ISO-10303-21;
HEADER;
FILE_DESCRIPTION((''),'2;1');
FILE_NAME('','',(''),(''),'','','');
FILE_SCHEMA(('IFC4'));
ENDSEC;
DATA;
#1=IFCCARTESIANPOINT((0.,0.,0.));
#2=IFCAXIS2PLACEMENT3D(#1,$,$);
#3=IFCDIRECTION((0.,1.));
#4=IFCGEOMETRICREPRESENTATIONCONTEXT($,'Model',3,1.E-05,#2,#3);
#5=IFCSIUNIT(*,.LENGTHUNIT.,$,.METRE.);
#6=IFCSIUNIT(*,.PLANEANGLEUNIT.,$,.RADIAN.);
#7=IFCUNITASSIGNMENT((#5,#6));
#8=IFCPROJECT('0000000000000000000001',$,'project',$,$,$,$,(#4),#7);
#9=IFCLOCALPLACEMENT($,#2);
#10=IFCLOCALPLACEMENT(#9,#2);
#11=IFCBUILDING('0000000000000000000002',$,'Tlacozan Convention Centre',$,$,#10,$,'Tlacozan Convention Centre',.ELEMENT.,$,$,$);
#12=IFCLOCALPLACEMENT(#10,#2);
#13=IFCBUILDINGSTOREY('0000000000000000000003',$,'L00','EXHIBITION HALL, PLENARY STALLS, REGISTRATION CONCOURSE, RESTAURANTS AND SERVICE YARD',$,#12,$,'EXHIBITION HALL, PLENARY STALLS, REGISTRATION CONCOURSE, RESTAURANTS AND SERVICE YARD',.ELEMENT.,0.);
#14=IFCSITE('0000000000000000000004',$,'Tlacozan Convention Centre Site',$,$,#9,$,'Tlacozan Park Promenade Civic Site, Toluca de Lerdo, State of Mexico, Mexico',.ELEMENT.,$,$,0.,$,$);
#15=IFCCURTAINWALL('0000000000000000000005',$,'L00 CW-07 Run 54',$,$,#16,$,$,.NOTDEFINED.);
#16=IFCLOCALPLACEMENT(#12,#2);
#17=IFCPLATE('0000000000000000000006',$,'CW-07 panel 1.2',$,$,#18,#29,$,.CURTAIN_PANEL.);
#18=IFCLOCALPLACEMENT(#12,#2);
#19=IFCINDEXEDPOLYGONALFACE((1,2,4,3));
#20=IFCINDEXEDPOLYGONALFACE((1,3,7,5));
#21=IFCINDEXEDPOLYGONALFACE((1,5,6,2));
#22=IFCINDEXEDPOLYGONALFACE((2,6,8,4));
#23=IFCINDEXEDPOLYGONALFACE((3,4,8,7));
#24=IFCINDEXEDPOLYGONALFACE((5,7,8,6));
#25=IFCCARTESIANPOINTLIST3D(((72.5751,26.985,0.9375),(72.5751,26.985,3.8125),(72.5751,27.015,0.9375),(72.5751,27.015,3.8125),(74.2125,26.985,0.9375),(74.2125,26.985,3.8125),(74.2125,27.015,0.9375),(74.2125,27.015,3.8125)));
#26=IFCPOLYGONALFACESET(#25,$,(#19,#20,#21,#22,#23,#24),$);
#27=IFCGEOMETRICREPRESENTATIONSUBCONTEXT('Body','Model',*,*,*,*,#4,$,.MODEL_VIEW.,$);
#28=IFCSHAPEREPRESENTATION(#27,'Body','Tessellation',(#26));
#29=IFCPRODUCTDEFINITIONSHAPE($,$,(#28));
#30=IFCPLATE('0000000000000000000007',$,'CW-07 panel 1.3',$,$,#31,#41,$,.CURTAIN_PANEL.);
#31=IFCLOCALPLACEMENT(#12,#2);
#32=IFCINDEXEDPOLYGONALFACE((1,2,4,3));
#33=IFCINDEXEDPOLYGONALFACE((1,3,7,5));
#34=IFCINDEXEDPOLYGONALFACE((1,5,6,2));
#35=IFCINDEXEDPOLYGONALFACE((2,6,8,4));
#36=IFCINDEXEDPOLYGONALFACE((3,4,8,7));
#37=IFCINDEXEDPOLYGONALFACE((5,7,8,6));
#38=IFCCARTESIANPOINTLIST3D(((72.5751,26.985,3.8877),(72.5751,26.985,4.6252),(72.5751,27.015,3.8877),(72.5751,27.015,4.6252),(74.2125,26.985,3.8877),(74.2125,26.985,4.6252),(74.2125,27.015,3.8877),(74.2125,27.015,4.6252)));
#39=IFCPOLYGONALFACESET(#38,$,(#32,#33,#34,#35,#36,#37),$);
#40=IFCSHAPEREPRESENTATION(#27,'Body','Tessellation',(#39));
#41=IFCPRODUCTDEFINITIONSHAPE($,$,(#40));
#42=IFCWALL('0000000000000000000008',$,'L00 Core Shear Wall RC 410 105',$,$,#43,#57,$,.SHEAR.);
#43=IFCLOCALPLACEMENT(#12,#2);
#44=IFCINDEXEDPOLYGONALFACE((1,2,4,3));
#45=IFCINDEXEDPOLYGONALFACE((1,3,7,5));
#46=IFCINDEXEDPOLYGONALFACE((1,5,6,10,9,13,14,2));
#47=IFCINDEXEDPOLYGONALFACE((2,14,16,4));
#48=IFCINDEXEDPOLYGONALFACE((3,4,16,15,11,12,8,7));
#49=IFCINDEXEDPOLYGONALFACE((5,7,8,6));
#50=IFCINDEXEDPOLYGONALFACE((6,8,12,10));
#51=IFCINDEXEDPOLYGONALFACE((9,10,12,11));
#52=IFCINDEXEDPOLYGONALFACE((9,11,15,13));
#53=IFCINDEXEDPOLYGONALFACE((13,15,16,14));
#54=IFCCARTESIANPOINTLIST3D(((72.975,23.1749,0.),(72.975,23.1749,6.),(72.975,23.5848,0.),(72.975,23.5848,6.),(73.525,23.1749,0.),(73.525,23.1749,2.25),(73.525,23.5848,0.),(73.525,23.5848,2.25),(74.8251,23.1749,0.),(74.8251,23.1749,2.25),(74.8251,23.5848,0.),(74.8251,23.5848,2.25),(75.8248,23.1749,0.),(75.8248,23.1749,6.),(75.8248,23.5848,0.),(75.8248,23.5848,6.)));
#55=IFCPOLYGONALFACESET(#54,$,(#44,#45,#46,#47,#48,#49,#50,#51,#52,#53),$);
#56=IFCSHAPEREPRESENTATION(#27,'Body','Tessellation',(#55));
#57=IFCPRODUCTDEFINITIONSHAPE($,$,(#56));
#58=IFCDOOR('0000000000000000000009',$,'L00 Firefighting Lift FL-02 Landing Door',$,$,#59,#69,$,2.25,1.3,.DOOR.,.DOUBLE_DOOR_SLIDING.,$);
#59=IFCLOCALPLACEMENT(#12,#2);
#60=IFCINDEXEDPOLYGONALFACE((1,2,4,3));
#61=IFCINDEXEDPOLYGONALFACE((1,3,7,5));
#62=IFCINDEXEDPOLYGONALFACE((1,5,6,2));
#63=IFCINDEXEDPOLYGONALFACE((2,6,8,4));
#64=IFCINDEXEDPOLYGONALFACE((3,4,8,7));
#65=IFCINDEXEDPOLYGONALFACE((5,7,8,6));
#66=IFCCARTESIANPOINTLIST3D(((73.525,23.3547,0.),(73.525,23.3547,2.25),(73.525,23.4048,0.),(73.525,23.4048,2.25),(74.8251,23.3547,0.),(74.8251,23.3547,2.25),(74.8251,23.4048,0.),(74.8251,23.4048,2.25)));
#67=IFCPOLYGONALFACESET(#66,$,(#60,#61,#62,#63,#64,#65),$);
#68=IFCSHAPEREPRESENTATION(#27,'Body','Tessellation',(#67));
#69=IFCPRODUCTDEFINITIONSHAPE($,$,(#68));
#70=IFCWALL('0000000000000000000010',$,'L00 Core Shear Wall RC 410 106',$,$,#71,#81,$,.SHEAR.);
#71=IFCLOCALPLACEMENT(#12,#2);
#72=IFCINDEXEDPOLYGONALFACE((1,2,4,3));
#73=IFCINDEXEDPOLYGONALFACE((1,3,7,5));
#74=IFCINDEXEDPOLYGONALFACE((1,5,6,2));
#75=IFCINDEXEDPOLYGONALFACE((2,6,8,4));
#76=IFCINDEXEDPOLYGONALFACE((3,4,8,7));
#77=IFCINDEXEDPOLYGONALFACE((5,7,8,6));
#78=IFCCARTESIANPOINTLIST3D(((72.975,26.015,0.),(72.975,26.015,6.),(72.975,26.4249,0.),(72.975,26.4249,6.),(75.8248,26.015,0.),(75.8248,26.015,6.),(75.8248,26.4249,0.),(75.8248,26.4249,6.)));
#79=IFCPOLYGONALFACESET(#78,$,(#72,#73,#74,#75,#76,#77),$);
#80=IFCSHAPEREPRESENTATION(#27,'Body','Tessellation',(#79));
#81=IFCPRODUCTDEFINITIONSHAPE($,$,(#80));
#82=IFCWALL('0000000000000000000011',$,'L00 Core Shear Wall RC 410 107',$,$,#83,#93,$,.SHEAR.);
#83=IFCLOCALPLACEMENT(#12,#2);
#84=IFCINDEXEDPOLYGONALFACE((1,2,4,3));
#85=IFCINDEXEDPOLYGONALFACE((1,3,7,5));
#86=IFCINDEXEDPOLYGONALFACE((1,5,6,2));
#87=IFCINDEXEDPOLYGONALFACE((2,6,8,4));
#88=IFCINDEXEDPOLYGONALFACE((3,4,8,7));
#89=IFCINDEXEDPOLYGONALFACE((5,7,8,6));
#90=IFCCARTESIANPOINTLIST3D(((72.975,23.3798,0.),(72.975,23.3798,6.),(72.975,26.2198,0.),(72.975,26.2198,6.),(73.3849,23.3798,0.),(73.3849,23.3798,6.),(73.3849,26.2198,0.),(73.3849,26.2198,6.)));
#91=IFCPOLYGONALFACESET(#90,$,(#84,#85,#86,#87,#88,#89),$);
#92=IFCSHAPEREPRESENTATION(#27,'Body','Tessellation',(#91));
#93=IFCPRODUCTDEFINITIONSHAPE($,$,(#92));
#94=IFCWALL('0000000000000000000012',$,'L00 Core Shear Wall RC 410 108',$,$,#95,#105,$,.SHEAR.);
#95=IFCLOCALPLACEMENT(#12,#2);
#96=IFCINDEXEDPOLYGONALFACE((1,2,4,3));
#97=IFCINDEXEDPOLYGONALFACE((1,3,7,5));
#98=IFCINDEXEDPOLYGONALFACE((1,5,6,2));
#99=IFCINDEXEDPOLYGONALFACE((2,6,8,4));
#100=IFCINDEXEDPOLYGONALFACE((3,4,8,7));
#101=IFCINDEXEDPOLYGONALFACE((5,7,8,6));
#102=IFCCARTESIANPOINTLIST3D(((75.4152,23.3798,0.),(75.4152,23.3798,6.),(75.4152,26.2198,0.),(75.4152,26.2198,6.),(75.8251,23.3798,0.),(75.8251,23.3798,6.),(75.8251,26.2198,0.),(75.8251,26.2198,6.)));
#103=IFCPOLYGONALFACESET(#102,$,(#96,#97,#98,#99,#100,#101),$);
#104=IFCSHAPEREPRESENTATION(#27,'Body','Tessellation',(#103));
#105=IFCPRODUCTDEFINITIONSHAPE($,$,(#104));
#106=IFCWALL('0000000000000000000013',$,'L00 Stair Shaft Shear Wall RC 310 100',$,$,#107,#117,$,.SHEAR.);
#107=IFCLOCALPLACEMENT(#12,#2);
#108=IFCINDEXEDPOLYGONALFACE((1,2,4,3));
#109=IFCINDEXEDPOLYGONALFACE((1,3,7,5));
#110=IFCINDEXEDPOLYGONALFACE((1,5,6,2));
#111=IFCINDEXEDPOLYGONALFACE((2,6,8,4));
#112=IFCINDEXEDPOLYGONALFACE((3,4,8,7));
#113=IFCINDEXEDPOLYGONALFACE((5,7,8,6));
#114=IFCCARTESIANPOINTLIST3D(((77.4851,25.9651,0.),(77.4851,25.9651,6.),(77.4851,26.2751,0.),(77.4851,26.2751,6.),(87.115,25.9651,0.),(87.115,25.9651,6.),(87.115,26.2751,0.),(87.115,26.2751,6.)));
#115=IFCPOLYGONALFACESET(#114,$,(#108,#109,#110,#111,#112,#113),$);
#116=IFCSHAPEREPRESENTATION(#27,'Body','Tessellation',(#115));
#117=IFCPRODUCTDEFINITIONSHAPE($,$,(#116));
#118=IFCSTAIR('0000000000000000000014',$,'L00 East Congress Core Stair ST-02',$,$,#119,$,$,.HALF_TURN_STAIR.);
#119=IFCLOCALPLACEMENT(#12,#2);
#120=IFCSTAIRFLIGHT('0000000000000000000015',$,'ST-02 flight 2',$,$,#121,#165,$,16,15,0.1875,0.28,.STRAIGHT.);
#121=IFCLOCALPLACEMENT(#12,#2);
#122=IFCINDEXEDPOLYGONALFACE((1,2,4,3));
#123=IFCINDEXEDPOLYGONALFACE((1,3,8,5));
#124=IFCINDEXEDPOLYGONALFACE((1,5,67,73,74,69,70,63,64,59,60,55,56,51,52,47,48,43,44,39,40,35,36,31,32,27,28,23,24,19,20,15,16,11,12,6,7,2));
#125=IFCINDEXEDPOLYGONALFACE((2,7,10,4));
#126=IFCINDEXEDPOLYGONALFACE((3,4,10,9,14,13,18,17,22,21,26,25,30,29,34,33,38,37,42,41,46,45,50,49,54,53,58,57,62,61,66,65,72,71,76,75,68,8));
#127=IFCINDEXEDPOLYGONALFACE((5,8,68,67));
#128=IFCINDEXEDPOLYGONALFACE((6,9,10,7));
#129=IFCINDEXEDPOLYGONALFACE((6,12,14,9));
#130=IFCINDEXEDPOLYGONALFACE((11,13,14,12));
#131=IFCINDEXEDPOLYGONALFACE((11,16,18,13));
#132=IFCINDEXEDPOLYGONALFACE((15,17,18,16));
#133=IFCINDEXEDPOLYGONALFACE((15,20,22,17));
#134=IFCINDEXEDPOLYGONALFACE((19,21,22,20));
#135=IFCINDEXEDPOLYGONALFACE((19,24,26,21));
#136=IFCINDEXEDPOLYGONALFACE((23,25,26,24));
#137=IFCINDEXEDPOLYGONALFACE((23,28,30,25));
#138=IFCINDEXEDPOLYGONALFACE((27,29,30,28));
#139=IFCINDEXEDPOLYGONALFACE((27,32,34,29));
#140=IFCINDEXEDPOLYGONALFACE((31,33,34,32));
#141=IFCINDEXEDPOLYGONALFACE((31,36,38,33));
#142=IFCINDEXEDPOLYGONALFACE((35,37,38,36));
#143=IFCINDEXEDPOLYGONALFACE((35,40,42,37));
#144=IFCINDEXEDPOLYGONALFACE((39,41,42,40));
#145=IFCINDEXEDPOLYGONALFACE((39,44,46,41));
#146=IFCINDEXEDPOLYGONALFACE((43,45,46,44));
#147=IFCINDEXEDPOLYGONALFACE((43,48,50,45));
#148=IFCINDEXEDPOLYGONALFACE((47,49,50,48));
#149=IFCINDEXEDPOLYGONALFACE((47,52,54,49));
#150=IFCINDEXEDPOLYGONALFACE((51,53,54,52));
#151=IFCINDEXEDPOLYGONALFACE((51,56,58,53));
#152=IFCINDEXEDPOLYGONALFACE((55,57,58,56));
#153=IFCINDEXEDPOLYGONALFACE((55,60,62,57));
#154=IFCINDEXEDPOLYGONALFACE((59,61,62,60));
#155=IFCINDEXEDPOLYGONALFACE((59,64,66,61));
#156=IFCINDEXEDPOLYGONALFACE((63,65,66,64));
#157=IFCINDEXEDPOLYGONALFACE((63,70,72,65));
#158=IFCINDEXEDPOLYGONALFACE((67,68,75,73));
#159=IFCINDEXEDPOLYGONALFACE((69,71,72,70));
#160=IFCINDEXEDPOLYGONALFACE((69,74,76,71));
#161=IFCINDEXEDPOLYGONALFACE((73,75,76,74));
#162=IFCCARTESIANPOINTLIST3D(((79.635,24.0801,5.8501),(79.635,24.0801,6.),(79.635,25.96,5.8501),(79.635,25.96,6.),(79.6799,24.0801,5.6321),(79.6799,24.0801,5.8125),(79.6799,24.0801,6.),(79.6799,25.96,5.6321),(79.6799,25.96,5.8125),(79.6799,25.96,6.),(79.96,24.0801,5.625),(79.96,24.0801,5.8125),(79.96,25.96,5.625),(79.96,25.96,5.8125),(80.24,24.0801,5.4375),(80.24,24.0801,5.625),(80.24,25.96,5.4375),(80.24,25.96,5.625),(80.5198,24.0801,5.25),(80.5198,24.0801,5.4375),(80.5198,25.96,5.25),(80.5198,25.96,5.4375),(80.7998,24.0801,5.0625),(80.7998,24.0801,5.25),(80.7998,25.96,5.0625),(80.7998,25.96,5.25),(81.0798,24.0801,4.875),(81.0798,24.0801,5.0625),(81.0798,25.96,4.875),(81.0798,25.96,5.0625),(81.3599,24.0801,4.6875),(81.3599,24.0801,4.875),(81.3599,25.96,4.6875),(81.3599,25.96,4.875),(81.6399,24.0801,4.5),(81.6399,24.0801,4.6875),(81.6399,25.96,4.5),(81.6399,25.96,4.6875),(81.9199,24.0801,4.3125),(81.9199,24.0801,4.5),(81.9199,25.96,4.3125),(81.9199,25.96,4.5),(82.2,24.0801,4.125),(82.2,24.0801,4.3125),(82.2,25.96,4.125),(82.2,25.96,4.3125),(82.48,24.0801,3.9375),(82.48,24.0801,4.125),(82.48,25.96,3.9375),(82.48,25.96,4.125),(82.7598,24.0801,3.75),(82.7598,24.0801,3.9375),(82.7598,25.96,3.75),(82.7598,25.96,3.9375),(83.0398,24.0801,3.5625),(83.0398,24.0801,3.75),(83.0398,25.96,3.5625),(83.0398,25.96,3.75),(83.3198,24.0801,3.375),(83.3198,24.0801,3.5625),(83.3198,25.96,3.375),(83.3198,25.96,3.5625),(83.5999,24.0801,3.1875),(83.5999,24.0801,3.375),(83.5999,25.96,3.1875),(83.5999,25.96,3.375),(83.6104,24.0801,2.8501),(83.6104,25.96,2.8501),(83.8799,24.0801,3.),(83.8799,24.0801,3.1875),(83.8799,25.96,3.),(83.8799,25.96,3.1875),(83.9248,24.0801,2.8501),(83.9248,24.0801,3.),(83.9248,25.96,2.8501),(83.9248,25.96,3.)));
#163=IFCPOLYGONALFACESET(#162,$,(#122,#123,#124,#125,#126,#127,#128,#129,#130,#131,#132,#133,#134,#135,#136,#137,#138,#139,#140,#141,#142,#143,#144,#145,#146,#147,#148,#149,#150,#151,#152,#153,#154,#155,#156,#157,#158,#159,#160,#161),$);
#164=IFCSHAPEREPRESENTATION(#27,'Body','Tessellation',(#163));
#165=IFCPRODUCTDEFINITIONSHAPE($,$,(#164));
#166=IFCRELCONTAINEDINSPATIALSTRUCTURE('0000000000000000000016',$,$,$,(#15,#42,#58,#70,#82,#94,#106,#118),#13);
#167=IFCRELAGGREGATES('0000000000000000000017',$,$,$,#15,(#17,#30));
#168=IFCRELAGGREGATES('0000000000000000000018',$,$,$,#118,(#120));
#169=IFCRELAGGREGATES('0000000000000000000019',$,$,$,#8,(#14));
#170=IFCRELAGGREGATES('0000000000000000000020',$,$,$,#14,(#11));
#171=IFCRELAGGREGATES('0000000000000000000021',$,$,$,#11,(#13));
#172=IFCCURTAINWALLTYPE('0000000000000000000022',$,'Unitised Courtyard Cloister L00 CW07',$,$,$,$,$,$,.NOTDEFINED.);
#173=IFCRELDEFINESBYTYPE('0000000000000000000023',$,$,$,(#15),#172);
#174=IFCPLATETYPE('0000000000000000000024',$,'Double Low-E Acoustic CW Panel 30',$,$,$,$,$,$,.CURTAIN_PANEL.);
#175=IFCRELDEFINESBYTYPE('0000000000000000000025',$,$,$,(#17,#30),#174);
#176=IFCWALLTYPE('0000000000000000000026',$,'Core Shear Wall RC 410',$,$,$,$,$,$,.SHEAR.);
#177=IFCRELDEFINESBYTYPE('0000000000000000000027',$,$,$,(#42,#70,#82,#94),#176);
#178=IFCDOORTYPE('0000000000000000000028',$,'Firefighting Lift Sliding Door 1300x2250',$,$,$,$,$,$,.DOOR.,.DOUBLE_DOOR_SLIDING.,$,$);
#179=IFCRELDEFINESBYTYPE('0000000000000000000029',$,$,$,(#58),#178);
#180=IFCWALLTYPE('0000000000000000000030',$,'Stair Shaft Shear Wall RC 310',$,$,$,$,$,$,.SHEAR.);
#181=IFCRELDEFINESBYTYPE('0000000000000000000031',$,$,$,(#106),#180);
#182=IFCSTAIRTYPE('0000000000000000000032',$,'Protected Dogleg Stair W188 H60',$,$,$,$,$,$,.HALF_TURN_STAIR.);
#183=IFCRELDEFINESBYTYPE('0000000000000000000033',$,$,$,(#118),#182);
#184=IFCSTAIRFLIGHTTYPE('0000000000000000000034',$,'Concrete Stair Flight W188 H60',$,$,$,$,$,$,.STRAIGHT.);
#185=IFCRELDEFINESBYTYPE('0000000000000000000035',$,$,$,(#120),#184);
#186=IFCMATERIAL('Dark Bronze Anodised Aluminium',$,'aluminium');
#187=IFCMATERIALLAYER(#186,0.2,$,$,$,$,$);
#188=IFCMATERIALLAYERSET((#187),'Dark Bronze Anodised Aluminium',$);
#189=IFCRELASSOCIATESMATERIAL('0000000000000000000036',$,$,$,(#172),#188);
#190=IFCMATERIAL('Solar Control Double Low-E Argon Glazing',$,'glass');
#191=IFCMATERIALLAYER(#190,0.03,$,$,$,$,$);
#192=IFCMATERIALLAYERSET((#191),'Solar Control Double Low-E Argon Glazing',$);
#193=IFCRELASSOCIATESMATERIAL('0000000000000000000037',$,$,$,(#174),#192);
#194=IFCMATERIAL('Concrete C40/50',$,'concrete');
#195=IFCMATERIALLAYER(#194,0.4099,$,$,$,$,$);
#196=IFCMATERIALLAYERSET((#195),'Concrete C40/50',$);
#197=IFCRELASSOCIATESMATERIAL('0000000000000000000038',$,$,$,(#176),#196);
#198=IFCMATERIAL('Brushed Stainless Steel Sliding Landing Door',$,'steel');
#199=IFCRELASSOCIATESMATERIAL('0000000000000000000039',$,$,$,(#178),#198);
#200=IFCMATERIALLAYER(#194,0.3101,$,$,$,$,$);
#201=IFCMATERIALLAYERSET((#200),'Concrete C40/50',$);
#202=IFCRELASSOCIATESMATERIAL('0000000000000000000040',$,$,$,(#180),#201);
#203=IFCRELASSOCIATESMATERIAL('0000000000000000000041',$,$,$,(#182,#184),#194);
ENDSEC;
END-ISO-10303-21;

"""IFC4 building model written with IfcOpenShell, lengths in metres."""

from ifc_helpers import new_model, si_unit, direction, frame, frame_2d, origin, origin_2d, place, context, subcontext, project, spatial, polyline, rectangle, outline, extrude, material, layer, layer_set, type_object, element, fill, aggregate, save


model = new_model("IFC4")

# Units and contexts
model_context = context("Model", 3, precision=1e-05, world=origin(), true_north=direction((0.0, 1.0)))
body_context = subcontext(model_context, "Body", "Model", "MODEL_VIEW")
ifc_project = project(units=[si_unit("LENGTHUNIT", "METRE"), si_unit("PLANEANGLEUNIT", "RADIAN")], contexts=[model_context])

# Site, building, storey
site_placement = place(None, origin())
site = spatial("IfcSite", under=ifc_project, at=site_placement, Name="Tlacozan Convention Centre Site", LongName="Tlacozan Park Promenade Civic Site, Toluca de Lerdo, State of Mexico, Mexico", CompositionType="ELEMENT", RefElevation=0.0)
building_placement = place(site_placement, origin())
building = spatial("IfcBuilding", under=site, at=building_placement, Name="Tlacozan Convention Centre", LongName="Tlacozan Convention Centre", CompositionType="ELEMENT")
storey_placement = place(building_placement, origin())
storey = spatial("IfcBuildingStorey", under=building, at=storey_placement, Name="L00", Description="EXHIBITION HALL, PLENARY STALLS, REGISTRATION CONCOURSE, RESTAURANTS AND SERVICE YARD", LongName="EXHIBITION HALL, PLENARY STALLS, REGISTRATION CONCOURSE, RESTAURANTS AND SERVICE YARD", CompositionType="ELEMENT", Elevation=0.0)

# Curtain wall
ifc_material_1 = material(Name="Dark Bronze Anodised Aluminium", Category="aluminium")
ifc_layer_1 = layer(ifc_material_1, 0.2)
ifc_layer_set_1 = layer_set([ifc_layer_1], Name="Dark Bronze Anodised Aluminium")
curtain_wall_type = type_object("IfcCurtainWallType", Name="Unitised Courtyard Cloister L00 CW07", PredefinedType="NOTDEFINED", material=ifc_layer_set_1)
curtain_wall_placement = place(storey_placement, origin())
curtain_wall = element("IfcCurtainWall", 1, at=curtain_wall_placement, inside=storey, type_object=curtain_wall_type, Name="L00 CW-07 Run 54", PredefinedType="NOTDEFINED")

# Plates
ifc_material_2 = material(Name="Solar Control Double Low-E Argon Glazing", Category="glass")
ifc_layer_2 = layer(ifc_material_2, 0.03)
ifc_layer_set_2 = layer_set([ifc_layer_2], Name="Solar Control Double Low-E Argon Glazing")
plate_type = type_object("IfcPlateType", Name="Double Low-E Acoustic CW Panel 30", PredefinedType="CURTAIN_PANEL", material=ifc_layer_set_2)
plate_1_placement = place(storey_placement, frame((73.3938, 27.0, 0.9375), z_axis=(0.0, 0.0, 1.0), x_axis=(1.0, 0.0, 0.0)))
plate_1 = element("IfcPlate", 2, at=plate_1_placement, type_object=plate_type, Name="CW-07 panel 1.2", PredefinedType="CURTAIN_PANEL", context=body_context, shape_type="SweptSolid", body=[
    extrude(rectangle(XDim=1.6375, YDim=0.03, at=origin_2d()), origin(), (0.0, 0.0, 1.0), 2.875),
])
plate_2_placement = place(storey_placement, frame((73.3938, 27.0, 3.8877), z_axis=(0.0, 0.0, 1.0), x_axis=(1.0, 0.0, 0.0)))
plate_2 = element("IfcPlate", 3, at=plate_2_placement, type_object=plate_type, Name="CW-07 panel 1.3", PredefinedType="CURTAIN_PANEL", context=body_context, shape_type="SweptSolid", body=[
    extrude(rectangle(XDim=1.6375, YDim=0.03, at=origin_2d()), origin(), (0.0, 0.0, 1.0), 0.7375),
])
aggregate(curtain_wall, [plate_1, plate_2])

# Wall, opening, door
ifc_material_3 = material(Name="Concrete C40/50", Category="concrete")
ifc_layer_3 = layer(ifc_material_3, 0.4099)
ifc_layer_set_3 = layer_set([ifc_layer_3], Name="Concrete C40/50")
wall_type_1 = type_object("IfcWallType", Name="Core Shear Wall RC 410", PredefinedType="SHEAR", material=ifc_layer_set_3)
wall_1_placement = place(storey_placement, frame((72.9751, 23.3799, 0.0), z_axis=(0.0, 0.0, 1.0), x_axis=(1.0, 0.0, 0.0)))
wall_1 = element("IfcWall", 4, at=wall_1_placement, inside=storey, type_object=wall_type_1, Name="L00 Core Shear Wall RC 410 105", PredefinedType="SHEAR", context=body_context, shape_type="SweptSolid", body=[
    extrude(rectangle(XDim=2.8499, YDim=0.4099, at=frame_2d((1.4248, 0.0))), origin(), (0.0, 0.0, 1.0), 6.0),
])
opening_placement = place(wall_1_placement, frame((0.55, 0.0, 0.0)))
opening = element("IfcOpeningElement", 5, at=opening_placement, cuts=wall_1, PredefinedType="OPENING", context=body_context, shape_type="SweptSolid", body=[
    extrude(rectangle(XDim=1.3, YDim=2.25, at=frame_2d((0.6499, 1.125))), frame((0.0, 0.2148, 0.0), z_axis=(0.0, -1.0, 0.0), x_axis=(1.0, 0.0, 0.0)), (0.0, 0.0, 1.0), 0.4299),
])
ifc_material_4 = material(Name="Brushed Stainless Steel Sliding Landing Door", Category="steel")
door_type = type_object("IfcDoorType", Name="Firefighting Lift Sliding Door 1300x2250", OperationType="DOUBLE_DOOR_SLIDING", PredefinedType="DOOR", material=ifc_material_4)
door_placement = place(opening_placement, origin())
door = element("IfcDoor", 6, at=door_placement, inside=storey, type_object=door_type, Name="L00 Firefighting Lift FL-02 Landing Door", OperationType="DOUBLE_DOOR_SLIDING", OverallHeight=2.25, OverallWidth=1.3, PredefinedType="DOOR", context=body_context, shape_type="SweptSolid", body=[
    extrude(rectangle(XDim=1.3, YDim=2.25, at=frame_2d((0.6499, 1.125))), frame((0.0, 0.0249, 0.0), z_axis=(0.0, -1.0, 0.0), x_axis=(1.0, 0.0, 0.0)), (0.0, 0.0, 1.0), 0.05),
])
fill(opening, door)

# Walls
wall_2_placement = place(storey_placement, frame((72.9751, 26.22, 0.0), z_axis=(0.0, 0.0, 1.0), x_axis=(1.0, 0.0, 0.0)))
element("IfcWall", 7, at=wall_2_placement, inside=storey, type_object=wall_type_1, Name="L00 Core Shear Wall RC 410 106", PredefinedType="SHEAR", context=body_context, shape_type="SweptSolid", body=[
    extrude(rectangle(XDim=2.8499, YDim=0.4099, at=frame_2d((1.4248, 0.0))), origin(), (0.0, 0.0, 1.0), 6.0),
])
for number, where, z_axis, x_axis, name in (
    (8, (73.1799, 23.3799, 0.0), (0.0, 0.0, 1.0), (0.0, 1.0, 0.0), "L00 Core Shear Wall RC 410 107"),
    (9, (75.6201, 23.3799, 0.0), (0.0, 0.0, 1.0), (0.0, 1.0, 0.0), "L00 Core Shear Wall RC 410 108"),
):
    element("IfcWall", number, at=place(storey_placement, frame(where, z_axis=z_axis, x_axis=x_axis)), inside=storey, type_object=wall_type_1, Name=name, PredefinedType="SHEAR", context=body_context, shape_type="SweptSolid", body=[
        extrude(rectangle(XDim=2.8401, YDim=0.4099, at=frame_2d((1.4199, 0.0))), origin(), (0.0, 0.0, 1.0), 6.0),
    ])
ifc_layer_4 = layer(ifc_material_3, 0.3101)
ifc_layer_set_4 = layer_set([ifc_layer_4], Name="Concrete C40/50")
wall_type_2 = type_object("IfcWallType", Name="Stair Shaft Shear Wall RC 310", PredefinedType="SHEAR", material=ifc_layer_set_4)
wall_3_placement = place(storey_placement, frame((77.4851, 26.1201, 0.0), z_axis=(0.0, 0.0, 1.0), x_axis=(1.0, 0.0, 0.0)))
element("IfcWall", 10, at=wall_3_placement, inside=storey, type_object=wall_type_2, Name="L00 Stair Shaft Shear Wall RC 310 100", PredefinedType="SHEAR", context=body_context, shape_type="SweptSolid", body=[
    extrude(rectangle(XDim=9.6299, YDim=0.3101, at=frame_2d((4.8149, 0.0))), origin(), (0.0, 0.0, 1.0), 6.0),
])

# Stair, stair flight
stair_type = type_object("IfcStairType", Name="Protected Dogleg Stair W188 H60", PredefinedType="HALF_TURN_STAIR", material=ifc_material_3)
stair_placement = place(storey_placement, origin())
stair = element("IfcStair", 11, at=stair_placement, inside=storey, type_object=stair_type, Name="L00 East Congress Core Stair ST-02", PredefinedType="HALF_TURN_STAIR")
stair_flight_type = type_object("IfcStairFlightType", Name="Concrete Stair Flight W188 H60", PredefinedType="STRAIGHT", material=ifc_material_3)
stair_flight_placement = place(storey_placement, frame((83.8799, 25.02, 3.0), z_axis=(0.0, 0.0, 1.0), x_axis=(-1.0, 0.0, 0.0)))
stair_flight = element("IfcStairFlight", 12, at=stair_flight_placement, type_object=stair_flight_type, Name="ST-02 flight 2", NumberOfRisers=16, NumberOfTreads=15, PredefinedType="STRAIGHT", RiserHeight=0.1875, TreadLength=0.28, context=body_context, shape_type="SweptSolid", body=[
    extrude(outline(polyline([(-0.0449, -0.1499), (-0.0449, 0.0), (0.0, 0.0), (0.0, 0.1875), (0.28, 0.1875), (0.28, 0.375), (0.5601, 0.375), (0.5601, 0.5625), (0.8401, 0.5625), (0.8401, 0.75), (1.1201, 0.75), (1.1201, 0.9375), (1.3999, 0.9375), (1.3999, 1.125), (1.6799, 1.125), (1.6799, 1.3125), (1.96, 1.3125), (1.96, 1.5), (2.24, 1.5), (2.24, 1.6875), (2.52, 1.6875), (2.52, 1.875), (2.8, 1.875), (2.8, 2.0625), (3.0801, 2.0625), (3.0801, 2.25), (3.3601, 2.25), (3.3601, 2.4375), (3.6399, 2.4375), (3.6399, 2.625), (3.9199, 2.625), (3.9199, 2.8125), (4.2, 2.8125), (4.2, 3.0), (4.2449, 3.0), (4.2449, 2.8501), (4.2, 2.6321), (0.2695, -0.1499), (-0.0449, -0.1499)])), frame((0.0, 0.9399, 0.0), z_axis=(0.0, -1.0, 0.0), x_axis=(1.0, 0.0, 0.0)), (0.0, 0.0, 1.0), 1.8799),
])
aggregate(stair, [stair_flight])

save(model, "model.ifc")
